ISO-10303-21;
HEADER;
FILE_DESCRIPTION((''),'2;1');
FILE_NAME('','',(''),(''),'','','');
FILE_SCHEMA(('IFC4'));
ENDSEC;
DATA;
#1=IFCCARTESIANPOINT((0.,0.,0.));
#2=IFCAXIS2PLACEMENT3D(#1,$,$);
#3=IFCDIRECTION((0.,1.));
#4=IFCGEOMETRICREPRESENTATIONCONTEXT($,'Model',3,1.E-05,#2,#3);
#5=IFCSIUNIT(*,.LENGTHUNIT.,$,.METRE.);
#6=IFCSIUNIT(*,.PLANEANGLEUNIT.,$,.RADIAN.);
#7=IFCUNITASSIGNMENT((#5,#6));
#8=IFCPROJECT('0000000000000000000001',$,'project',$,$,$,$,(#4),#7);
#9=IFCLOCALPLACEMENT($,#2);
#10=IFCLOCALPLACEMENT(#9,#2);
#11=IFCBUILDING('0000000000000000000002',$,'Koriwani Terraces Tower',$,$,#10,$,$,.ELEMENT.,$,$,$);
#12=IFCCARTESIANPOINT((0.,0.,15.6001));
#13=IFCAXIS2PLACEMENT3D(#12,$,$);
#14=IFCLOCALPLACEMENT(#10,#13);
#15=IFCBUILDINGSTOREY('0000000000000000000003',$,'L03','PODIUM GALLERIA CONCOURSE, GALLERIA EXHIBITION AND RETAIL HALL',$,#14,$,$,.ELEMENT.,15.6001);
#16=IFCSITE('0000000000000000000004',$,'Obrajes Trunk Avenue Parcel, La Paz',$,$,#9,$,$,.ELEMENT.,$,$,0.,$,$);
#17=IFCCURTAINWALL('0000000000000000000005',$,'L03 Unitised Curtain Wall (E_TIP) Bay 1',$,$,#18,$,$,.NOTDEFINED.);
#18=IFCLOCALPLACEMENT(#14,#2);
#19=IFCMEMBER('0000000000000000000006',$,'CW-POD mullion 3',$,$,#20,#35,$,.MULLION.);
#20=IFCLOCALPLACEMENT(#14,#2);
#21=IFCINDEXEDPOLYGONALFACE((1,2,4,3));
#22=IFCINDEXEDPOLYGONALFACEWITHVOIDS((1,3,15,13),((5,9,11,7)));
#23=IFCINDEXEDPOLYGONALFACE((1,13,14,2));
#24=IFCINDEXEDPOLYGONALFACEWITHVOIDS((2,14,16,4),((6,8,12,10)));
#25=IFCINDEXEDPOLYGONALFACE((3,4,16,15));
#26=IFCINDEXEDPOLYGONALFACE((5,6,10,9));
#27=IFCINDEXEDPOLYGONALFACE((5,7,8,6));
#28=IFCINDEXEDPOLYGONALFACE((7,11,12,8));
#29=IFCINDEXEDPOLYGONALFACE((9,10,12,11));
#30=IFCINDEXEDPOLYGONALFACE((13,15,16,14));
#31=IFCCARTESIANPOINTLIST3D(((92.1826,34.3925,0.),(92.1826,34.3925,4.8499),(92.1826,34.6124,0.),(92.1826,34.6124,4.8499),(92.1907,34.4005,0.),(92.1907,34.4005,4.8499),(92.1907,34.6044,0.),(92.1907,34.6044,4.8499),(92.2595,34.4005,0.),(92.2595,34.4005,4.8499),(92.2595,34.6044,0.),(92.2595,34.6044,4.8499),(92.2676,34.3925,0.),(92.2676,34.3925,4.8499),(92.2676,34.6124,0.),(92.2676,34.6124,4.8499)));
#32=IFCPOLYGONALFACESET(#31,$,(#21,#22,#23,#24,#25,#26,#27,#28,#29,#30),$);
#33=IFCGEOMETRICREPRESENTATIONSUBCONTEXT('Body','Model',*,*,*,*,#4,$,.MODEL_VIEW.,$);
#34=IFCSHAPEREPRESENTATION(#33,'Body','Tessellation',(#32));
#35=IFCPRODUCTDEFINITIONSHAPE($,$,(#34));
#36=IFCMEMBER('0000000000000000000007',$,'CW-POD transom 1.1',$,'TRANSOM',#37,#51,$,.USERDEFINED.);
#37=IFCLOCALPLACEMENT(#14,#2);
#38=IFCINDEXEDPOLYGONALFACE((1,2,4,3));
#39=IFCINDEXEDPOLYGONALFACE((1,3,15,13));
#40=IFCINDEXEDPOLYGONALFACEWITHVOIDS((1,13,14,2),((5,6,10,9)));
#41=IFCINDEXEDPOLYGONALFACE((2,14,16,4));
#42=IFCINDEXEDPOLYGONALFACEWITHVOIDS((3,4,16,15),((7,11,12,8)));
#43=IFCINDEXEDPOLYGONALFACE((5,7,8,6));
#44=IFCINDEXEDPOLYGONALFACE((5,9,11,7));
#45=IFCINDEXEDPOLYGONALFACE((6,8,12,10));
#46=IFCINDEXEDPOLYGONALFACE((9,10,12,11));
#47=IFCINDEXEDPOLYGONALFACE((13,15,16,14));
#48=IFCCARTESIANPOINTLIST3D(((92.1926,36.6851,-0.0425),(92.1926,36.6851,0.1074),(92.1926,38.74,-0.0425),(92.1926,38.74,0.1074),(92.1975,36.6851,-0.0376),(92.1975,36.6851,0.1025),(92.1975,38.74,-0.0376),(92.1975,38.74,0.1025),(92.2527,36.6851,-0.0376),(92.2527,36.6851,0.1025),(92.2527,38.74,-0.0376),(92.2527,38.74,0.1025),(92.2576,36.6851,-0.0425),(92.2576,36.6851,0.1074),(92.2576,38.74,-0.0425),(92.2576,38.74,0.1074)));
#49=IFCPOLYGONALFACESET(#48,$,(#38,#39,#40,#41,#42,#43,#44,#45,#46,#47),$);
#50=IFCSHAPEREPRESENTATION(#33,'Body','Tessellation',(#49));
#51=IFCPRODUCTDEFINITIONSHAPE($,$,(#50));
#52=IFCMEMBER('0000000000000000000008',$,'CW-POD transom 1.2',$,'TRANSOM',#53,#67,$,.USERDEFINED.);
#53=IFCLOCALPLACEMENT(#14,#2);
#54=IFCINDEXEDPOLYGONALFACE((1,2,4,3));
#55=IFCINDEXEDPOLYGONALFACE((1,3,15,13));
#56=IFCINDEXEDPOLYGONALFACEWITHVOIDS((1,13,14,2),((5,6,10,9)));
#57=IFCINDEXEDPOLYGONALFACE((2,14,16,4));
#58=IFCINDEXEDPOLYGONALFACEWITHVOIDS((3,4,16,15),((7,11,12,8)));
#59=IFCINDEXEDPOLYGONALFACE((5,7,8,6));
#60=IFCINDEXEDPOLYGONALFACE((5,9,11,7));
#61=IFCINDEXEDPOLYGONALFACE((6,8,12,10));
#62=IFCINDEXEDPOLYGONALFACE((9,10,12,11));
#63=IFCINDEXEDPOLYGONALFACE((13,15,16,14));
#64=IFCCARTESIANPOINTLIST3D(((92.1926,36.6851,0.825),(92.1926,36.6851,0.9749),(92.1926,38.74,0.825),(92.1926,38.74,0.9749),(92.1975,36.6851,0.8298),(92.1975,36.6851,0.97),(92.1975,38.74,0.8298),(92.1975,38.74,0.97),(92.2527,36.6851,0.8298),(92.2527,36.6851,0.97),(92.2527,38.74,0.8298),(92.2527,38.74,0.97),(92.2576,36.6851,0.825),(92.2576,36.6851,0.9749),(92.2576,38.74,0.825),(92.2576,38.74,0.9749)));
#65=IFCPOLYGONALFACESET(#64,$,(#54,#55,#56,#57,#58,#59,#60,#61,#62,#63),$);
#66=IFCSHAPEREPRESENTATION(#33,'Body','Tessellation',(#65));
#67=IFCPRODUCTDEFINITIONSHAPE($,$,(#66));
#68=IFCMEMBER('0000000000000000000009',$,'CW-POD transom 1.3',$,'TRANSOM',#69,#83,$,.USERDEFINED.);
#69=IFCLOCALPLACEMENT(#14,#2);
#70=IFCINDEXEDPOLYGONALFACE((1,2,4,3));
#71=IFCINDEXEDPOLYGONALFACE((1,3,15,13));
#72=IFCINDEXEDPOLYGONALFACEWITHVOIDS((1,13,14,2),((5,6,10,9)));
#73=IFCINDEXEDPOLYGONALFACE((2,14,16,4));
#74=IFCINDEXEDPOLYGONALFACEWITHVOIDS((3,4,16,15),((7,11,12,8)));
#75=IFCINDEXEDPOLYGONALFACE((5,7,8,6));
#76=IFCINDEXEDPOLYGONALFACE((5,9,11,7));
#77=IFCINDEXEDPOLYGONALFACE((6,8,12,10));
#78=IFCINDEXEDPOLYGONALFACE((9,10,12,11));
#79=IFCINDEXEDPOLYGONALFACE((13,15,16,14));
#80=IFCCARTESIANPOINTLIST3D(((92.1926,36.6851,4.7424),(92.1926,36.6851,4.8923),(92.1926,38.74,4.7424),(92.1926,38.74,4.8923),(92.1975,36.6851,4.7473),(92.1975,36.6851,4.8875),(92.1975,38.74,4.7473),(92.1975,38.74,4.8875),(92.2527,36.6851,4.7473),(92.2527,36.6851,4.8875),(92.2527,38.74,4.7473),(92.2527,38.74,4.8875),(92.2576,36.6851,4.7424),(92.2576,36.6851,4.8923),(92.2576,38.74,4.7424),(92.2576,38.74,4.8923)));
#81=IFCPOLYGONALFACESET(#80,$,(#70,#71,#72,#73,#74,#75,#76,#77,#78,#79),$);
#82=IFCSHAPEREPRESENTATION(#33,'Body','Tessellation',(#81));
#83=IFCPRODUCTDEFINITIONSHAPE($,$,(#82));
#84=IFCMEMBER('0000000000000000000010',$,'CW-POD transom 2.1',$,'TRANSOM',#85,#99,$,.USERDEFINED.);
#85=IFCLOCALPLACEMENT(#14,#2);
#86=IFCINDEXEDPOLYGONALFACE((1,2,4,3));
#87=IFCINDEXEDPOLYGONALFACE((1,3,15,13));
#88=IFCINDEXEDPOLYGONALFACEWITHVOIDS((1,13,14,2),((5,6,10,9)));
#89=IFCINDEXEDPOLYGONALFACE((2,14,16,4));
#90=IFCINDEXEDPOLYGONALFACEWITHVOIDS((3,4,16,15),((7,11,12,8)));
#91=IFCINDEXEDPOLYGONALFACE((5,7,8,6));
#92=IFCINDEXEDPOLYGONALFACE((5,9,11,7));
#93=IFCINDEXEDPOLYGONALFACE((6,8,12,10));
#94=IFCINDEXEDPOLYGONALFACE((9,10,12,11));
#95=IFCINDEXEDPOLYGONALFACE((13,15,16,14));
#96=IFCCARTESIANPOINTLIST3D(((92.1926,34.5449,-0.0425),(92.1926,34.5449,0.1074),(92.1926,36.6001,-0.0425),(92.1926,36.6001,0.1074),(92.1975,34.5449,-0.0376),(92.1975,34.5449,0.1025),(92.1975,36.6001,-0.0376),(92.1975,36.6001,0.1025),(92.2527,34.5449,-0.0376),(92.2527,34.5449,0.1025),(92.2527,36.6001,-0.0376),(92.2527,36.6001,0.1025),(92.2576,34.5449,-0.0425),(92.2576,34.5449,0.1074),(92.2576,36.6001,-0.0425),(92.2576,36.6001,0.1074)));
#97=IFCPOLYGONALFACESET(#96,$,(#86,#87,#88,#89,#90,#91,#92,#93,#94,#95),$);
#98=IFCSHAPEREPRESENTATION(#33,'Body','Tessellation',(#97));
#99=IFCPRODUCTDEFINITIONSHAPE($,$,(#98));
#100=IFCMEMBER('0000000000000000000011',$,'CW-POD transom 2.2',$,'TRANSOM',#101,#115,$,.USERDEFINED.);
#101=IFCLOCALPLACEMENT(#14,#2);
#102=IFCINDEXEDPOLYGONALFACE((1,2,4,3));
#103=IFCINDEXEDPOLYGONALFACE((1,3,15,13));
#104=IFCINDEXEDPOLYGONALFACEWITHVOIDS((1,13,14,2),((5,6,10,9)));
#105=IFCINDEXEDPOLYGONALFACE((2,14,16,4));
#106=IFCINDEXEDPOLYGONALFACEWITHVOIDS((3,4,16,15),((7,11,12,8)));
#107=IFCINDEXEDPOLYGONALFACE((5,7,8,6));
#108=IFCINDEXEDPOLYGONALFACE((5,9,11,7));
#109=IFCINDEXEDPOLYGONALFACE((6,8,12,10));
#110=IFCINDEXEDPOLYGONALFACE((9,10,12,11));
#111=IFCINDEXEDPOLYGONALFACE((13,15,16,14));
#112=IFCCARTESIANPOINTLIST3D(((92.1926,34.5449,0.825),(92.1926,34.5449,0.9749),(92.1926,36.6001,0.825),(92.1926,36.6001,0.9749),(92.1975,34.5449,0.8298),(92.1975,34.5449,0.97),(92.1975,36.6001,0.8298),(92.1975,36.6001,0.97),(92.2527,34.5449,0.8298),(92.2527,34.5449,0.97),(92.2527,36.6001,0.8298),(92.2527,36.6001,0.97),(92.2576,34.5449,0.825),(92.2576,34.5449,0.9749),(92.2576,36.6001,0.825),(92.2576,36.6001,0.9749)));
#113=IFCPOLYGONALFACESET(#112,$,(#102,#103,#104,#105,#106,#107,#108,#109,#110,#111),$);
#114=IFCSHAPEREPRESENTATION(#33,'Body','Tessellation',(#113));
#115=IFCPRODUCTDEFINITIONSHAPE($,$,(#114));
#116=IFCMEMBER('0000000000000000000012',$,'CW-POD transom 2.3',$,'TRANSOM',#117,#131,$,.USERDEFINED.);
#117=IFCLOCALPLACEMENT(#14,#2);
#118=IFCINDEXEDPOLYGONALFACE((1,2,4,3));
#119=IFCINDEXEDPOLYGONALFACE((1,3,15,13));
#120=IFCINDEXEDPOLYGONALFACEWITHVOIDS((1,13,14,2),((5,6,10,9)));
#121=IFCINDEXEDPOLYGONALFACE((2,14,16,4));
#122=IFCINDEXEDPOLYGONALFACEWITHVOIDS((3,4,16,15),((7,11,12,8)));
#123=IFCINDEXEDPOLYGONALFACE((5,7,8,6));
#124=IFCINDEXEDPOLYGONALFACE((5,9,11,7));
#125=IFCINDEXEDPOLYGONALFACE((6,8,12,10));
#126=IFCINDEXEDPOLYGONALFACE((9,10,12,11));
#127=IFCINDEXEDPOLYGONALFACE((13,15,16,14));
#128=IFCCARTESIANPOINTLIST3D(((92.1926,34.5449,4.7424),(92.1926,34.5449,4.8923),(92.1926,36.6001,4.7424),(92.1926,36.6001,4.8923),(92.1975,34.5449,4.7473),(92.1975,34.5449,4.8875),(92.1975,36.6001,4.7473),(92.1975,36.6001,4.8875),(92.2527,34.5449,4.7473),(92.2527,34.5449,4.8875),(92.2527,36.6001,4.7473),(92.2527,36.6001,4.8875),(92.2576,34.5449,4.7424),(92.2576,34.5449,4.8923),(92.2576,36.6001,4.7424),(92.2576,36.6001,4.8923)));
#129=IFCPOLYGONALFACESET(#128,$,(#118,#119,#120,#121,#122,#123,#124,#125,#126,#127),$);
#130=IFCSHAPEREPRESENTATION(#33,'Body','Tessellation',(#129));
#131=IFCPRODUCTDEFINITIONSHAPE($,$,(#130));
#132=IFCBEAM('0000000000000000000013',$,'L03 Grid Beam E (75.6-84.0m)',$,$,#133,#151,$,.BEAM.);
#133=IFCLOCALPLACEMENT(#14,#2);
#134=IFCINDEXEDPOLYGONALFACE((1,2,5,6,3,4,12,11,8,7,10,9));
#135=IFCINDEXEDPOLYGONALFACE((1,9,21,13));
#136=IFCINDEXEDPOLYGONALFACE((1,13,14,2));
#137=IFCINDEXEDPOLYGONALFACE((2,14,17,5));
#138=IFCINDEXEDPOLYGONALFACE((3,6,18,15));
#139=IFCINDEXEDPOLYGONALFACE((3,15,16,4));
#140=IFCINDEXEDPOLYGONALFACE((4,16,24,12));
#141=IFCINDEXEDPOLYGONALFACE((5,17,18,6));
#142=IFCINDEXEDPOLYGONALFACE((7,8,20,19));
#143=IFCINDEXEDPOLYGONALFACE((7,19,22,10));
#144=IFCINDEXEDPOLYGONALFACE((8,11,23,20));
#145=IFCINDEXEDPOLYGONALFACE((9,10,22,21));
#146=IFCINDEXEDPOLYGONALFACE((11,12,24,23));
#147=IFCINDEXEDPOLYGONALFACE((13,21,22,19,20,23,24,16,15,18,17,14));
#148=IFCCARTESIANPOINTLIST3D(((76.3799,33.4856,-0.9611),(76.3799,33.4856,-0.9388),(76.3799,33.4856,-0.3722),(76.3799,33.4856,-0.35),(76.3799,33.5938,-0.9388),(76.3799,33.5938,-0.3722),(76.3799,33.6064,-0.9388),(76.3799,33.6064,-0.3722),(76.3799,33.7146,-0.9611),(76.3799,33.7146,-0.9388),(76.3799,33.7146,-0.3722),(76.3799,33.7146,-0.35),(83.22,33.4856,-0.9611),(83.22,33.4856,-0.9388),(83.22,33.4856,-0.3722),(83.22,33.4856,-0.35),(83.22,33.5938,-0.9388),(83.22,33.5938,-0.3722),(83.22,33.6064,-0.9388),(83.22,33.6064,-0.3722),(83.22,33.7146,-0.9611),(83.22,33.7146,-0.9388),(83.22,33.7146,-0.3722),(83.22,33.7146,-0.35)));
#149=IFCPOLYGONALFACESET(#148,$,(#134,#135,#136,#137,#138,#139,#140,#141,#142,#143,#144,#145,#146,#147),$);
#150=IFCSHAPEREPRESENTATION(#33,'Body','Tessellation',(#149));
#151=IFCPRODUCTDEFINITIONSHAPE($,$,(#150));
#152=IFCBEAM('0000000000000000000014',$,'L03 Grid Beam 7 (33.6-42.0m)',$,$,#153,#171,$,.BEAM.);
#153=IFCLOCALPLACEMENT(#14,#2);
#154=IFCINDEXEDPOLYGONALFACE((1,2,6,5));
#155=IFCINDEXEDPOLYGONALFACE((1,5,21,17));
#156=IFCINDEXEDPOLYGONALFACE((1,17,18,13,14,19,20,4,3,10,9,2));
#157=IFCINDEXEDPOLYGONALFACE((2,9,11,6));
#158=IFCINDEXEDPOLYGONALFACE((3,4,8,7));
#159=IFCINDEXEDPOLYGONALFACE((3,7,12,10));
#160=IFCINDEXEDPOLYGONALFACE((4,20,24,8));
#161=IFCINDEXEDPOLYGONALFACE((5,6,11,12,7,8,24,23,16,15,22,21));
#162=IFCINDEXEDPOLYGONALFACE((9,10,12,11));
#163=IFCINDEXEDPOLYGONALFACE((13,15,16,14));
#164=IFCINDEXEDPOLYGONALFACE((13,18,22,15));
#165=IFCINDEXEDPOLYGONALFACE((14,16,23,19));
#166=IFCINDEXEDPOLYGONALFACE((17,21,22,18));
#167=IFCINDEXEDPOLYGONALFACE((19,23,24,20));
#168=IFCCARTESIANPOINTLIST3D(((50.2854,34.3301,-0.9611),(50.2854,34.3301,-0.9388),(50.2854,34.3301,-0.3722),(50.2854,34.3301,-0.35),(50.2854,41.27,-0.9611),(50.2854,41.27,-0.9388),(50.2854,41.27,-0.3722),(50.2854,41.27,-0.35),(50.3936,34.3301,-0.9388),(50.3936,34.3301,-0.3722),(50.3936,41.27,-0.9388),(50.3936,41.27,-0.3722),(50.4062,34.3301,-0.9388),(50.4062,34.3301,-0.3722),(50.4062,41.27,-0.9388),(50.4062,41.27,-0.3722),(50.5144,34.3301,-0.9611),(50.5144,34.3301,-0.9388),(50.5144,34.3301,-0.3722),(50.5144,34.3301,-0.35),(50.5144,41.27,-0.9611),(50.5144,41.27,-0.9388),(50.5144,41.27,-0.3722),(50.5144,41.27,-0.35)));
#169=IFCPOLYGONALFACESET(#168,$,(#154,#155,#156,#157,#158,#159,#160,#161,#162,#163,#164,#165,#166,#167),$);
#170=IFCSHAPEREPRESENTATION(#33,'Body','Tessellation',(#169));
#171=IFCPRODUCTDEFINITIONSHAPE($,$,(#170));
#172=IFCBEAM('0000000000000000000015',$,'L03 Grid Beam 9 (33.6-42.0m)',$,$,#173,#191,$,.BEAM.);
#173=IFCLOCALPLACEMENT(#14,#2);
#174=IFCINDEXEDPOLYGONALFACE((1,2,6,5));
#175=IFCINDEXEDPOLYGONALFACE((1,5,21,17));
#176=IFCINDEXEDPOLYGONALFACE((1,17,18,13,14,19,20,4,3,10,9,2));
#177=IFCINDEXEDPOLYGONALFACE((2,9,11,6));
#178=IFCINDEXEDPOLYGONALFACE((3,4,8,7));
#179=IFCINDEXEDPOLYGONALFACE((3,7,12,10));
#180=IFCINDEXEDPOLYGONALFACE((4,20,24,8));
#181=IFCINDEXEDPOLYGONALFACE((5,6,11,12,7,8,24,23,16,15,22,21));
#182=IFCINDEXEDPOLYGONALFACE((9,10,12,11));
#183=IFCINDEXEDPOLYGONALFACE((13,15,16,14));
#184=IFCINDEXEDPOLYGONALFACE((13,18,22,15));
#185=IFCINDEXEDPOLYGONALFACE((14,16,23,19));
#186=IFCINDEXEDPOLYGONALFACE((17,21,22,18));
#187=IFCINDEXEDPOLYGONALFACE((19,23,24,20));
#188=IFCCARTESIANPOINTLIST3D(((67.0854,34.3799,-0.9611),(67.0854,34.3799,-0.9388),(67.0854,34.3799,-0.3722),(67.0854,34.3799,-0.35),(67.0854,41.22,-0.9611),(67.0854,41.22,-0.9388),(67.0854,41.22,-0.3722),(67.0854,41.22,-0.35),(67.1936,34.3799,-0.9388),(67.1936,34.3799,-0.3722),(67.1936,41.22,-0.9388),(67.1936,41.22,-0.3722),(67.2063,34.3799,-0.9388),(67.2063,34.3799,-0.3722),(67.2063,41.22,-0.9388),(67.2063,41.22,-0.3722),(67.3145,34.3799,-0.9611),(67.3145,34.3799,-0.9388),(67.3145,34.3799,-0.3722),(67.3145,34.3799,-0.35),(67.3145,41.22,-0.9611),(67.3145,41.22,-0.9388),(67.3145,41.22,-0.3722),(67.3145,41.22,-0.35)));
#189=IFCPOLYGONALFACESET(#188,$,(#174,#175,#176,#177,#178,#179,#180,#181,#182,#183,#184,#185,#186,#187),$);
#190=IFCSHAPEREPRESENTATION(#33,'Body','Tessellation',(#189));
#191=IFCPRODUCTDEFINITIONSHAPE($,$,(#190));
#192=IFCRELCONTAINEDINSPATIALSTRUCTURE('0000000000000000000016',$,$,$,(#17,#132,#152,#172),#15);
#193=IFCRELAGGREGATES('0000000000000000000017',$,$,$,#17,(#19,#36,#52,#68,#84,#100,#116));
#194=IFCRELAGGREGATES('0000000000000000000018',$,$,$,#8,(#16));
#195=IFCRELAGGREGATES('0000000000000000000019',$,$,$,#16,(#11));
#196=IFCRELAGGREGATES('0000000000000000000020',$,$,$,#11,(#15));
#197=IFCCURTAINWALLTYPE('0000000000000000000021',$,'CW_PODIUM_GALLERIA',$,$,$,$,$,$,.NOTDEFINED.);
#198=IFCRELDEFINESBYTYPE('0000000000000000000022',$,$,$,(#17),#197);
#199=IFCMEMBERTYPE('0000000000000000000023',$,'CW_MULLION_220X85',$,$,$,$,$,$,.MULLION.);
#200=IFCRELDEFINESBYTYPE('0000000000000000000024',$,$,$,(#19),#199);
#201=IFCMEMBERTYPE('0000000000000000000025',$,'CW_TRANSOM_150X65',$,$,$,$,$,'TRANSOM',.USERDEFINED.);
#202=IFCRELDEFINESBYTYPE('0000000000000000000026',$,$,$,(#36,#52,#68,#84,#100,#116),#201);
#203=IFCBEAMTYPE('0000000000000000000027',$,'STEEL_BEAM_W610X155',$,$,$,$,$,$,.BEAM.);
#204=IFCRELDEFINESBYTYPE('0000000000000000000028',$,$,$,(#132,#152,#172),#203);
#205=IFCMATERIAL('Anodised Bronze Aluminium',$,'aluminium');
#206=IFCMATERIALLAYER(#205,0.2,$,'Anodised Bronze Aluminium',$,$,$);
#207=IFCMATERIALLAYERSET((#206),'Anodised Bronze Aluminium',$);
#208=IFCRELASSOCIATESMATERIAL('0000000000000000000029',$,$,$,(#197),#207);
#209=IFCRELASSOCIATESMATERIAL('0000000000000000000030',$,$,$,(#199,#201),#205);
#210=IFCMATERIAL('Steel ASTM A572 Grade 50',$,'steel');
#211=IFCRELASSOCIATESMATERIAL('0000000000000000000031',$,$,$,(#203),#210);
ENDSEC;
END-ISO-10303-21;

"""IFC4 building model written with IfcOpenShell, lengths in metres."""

from ifc_helpers import new_model, si_unit, direction, frame, origin, origin_2d, place, context, subcontext, project, spatial, hollow_rectangle, i_section, extrude, material, layer, layer_set, material_profile, profile_set, type_object, element, aggregate, save


model = new_model("IFC4")

# Units and contexts
model_context = context("Model", 3, precision=1e-05, world=origin(), true_north=direction((0.0, 1.0)))
body_context = subcontext(model_context, "Body", "Model", "MODEL_VIEW")
ifc_project = project(units=[si_unit("LENGTHUNIT", "METRE"), si_unit("PLANEANGLEUNIT", "RADIAN")], contexts=[model_context])

# Site, building, storey
site_placement = place(None, origin())
site = spatial("IfcSite", under=ifc_project, at=site_placement, Name="Obrajes Trunk Avenue Parcel, La Paz", CompositionType="ELEMENT", RefElevation=0.0)
building_placement = place(site_placement, origin())
building = spatial("IfcBuilding", under=site, at=building_placement, Name="Koriwani Terraces Tower", CompositionType="ELEMENT")
storey_placement = place(building_placement, frame((0.0, 0.0, 15.6001)))
storey = spatial("IfcBuildingStorey", under=building, at=storey_placement, Name="L03", Description="PODIUM GALLERIA CONCOURSE, GALLERIA EXHIBITION AND RETAIL HALL", CompositionType="ELEMENT", Elevation=15.6001)

# Curtain wall, members
ifc_material_1 = material(Name="Anodised Bronze Aluminium", Category="aluminium")
ifc_layer_1 = layer(ifc_material_1, 0.2, Name="Anodised Bronze Aluminium")
ifc_layer_set_1 = layer_set([ifc_layer_1], Name="Anodised Bronze Aluminium")
curtain_wall_type = type_object("IfcCurtainWallType", Name="CW_PODIUM_GALLERIA", PredefinedType="NOTDEFINED", material=ifc_layer_set_1)
curtain_wall_placement = place(storey_placement, origin())
curtain_wall = element("IfcCurtainWall", 1, at=curtain_wall_placement, inside=storey, type_object=curtain_wall_type, Name="L03 Unitised Curtain Wall (E_TIP) Bay 1", PredefinedType="NOTDEFINED")
ifc_material_profile_1 = material_profile(ifc_material_1, hollow_rectangle(XDim=0.085, YDim=0.22, WallThickness=0.0081, at=origin_2d()), Name="Anodised Bronze Aluminium", Category="LoadBearing")
ifc_profile_set_1 = profile_set([ifc_material_profile_1], Name="Anodised Bronze Aluminium")
member_type_1 = type_object("IfcMemberType", Name="CW_MULLION_220X85", PredefinedType="MULLION", material=ifc_profile_set_1)
member_1_placement = place(storey_placement, frame((92.2251, 34.5024, 0.0), z_axis=(0.0, 0.0, 1.0), x_axis=(1.0, 0.0, 0.0)))
member_1 = element("IfcMember", 2, at=member_1_placement, type_object=member_type_1, Name="CW-POD mullion 3", PredefinedType="MULLION", context=body_context, shape_type="SweptSolid", body=[
    extrude(hollow_rectangle(XDim=0.085, YDim=0.22, WallThickness=0.0081, at=origin_2d()), origin(), (0.0, 0.0, 1.0), 4.8499),
])
ifc_material_profile_2 = material_profile(ifc_material_1, hollow_rectangle(XDim=0.0649, YDim=0.1499, WallThickness=0.0049, at=origin_2d()), Name="Anodised Bronze Aluminium", Category="LoadBearing")
ifc_profile_set_2 = profile_set([ifc_material_profile_2], Name="Anodised Bronze Aluminium")
member_type_2 = type_object("IfcMemberType", Name="CW_TRANSOM_150X65", ElementType="TRANSOM", PredefinedType="USERDEFINED", material=ifc_profile_set_2)
member_2_placement = place(storey_placement, frame((92.2251, 38.74, 0.0325), z_axis=(0.0, -1.0, 0.0), x_axis=(1.0, 0.0, 0.0)))
member_2 = element("IfcMember", 3, at=member_2_placement, type_object=member_type_2, Name="CW-POD transom 1.1", ObjectType="TRANSOM", PredefinedType="USERDEFINED", context=body_context, shape_type="SweptSolid", body=[
    extrude(hollow_rectangle(XDim=0.0649, YDim=0.1499, WallThickness=0.0049, at=origin_2d()), origin(), (0.0, 0.0, 1.0), 2.0549),
])
member_3_placement = place(storey_placement, frame((92.2251, 38.74, 0.8999), z_axis=(0.0, -1.0, 0.0), x_axis=(1.0, 0.0, 0.0)))
member_3 = element("IfcMember", 4, at=member_3_placement, type_object=member_type_2, Name="CW-POD transom 1.2", ObjectType="TRANSOM", PredefinedType="USERDEFINED", context=body_context, shape_type="SweptSolid", body=[
    extrude(hollow_rectangle(XDim=0.0649, YDim=0.1499, WallThickness=0.0049, at=origin_2d()), origin(), (0.0, 0.0, 1.0), 2.0549),
])
member_4_placement = place(storey_placement, frame((92.2251, 38.74, 4.8174), z_axis=(0.0, -1.0, 0.0), x_axis=(1.0, 0.0, 0.0)))
member_4 = element("IfcMember", 5, at=member_4_placement, type_object=member_type_2, Name="CW-POD transom 1.3", ObjectType="TRANSOM", PredefinedType="USERDEFINED", context=body_context, shape_type="SweptSolid", body=[
    extrude(hollow_rectangle(XDim=0.0649, YDim=0.1499, WallThickness=0.0049, at=origin_2d()), origin(), (0.0, 0.0, 1.0), 2.0549),
])
member_5_placement = place(storey_placement, frame((92.2251, 36.6001, 0.0325), z_axis=(0.0, -1.0, 0.0), x_axis=(1.0, 0.0, 0.0)))
member_5 = element("IfcMember", 6, at=member_5_placement, type_object=member_type_2, Name="CW-POD transom 2.1", ObjectType="TRANSOM", PredefinedType="USERDEFINED", context=body_context, shape_type="SweptSolid", body=[
    extrude(hollow_rectangle(XDim=0.0649, YDim=0.1499, WallThickness=0.0049, at=origin_2d()), origin(), (0.0, 0.0, 1.0), 2.0552),
])
member_6_placement = place(storey_placement, frame((92.2251, 36.6001, 0.8999), z_axis=(0.0, -1.0, 0.0), x_axis=(1.0, 0.0, 0.0)))
member_6 = element("IfcMember", 7, at=member_6_placement, type_object=member_type_2, Name="CW-POD transom 2.2", ObjectType="TRANSOM", PredefinedType="USERDEFINED", context=body_context, shape_type="SweptSolid", body=[
    extrude(hollow_rectangle(XDim=0.0649, YDim=0.1499, WallThickness=0.0049, at=origin_2d()), origin(), (0.0, 0.0, 1.0), 2.0552),
])
member_7_placement = place(storey_placement, frame((92.2251, 36.6001, 4.8174), z_axis=(0.0, -1.0, 0.0), x_axis=(1.0, 0.0, 0.0)))
member_7 = element("IfcMember", 8, at=member_7_placement, type_object=member_type_2, Name="CW-POD transom 2.3", ObjectType="TRANSOM", PredefinedType="USERDEFINED", context=body_context, shape_type="SweptSolid", body=[
    extrude(hollow_rectangle(XDim=0.0649, YDim=0.1499, WallThickness=0.0049, at=origin_2d()), origin(), (0.0, 0.0, 1.0), 2.0552),
])

# Beams
ifc_material_2 = material(Name="Steel ASTM A572 Grade 50", Category="steel")
ifc_material_profile_3 = material_profile(ifc_material_2, i_section(OverallWidth=0.229, OverallDepth=0.6111, WebThickness=0.0127, FlangeThickness=0.0222, at=origin_2d()), Name="Steel ASTM A572 Grade 50", Category="LoadBearing")
ifc_profile_set_3 = profile_set([ifc_material_profile_3], Name="Steel ASTM A572 Grade 50")
beam_type_1 = type_object("IfcBeamType", Name="STEEL_BEAM_W610X155", PredefinedType="BEAM", material=ifc_profile_set_3)
beam_1_placement = place(storey_placement, frame((76.3799, 33.6001, -0.6555), z_axis=(1.0, 0.0, 0.0), x_axis=(0.0, 1.0, 0.0)))
element("IfcBeam", 9, at=beam_1_placement, inside=storey, type_object=beam_type_1, Name="L03 Grid Beam E (75.6-84.0m)", PredefinedType="BEAM", context=body_context, shape_type="SweptSolid", body=[
    extrude(i_section(OverallWidth=0.229, OverallDepth=0.6111, WebThickness=0.0127, FlangeThickness=0.0222, at=origin_2d()), origin(), (0.0, 0.0, 1.0), 6.8401),
])
beam_2_placement = place(storey_placement, frame((50.3999, 34.3301, -0.6555), z_axis=(0.0, 1.0, 0.0), x_axis=(-1.0, 0.0, 0.0)))
element("IfcBeam", 10, at=beam_2_placement, inside=storey, type_object=beam_type_1, Name="L03 Grid Beam 7 (33.6-42.0m)", PredefinedType="BEAM", context=body_context, shape_type="SweptSolid", body=[
    extrude(i_section(OverallWidth=0.229, OverallDepth=0.6111, WebThickness=0.0127, FlangeThickness=0.0222, at=origin_2d()), origin(), (0.0, 0.0, 1.0), 6.9399),
])
for number, where, z_axis, x_axis, name in (
    (11, (67.2, 34.3799, -0.6555), (0.0, 1.0, 0.0), (-1.0, 0.0, 0.0), "L03 Grid Beam 9 (33.6-42.0m)"),
):
    element("IfcBeam", number, at=place(storey_placement, frame(where, z_axis=z_axis, x_axis=x_axis)), inside=storey, type_object=beam_type_1, Name=name, PredefinedType="BEAM", context=body_context, shape_type="SweptSolid", body=[
        extrude(i_section(OverallWidth=0.229, OverallDepth=0.6111, WebThickness=0.0127, FlangeThickness=0.0222, at=origin_2d()), origin(), (0.0, 0.0, 1.0), 6.8401),
    ])

aggregate(curtain_wall, [member_1, member_2, member_3, member_4, member_5, member_6, member_7])

save(model, "model.ifc")
